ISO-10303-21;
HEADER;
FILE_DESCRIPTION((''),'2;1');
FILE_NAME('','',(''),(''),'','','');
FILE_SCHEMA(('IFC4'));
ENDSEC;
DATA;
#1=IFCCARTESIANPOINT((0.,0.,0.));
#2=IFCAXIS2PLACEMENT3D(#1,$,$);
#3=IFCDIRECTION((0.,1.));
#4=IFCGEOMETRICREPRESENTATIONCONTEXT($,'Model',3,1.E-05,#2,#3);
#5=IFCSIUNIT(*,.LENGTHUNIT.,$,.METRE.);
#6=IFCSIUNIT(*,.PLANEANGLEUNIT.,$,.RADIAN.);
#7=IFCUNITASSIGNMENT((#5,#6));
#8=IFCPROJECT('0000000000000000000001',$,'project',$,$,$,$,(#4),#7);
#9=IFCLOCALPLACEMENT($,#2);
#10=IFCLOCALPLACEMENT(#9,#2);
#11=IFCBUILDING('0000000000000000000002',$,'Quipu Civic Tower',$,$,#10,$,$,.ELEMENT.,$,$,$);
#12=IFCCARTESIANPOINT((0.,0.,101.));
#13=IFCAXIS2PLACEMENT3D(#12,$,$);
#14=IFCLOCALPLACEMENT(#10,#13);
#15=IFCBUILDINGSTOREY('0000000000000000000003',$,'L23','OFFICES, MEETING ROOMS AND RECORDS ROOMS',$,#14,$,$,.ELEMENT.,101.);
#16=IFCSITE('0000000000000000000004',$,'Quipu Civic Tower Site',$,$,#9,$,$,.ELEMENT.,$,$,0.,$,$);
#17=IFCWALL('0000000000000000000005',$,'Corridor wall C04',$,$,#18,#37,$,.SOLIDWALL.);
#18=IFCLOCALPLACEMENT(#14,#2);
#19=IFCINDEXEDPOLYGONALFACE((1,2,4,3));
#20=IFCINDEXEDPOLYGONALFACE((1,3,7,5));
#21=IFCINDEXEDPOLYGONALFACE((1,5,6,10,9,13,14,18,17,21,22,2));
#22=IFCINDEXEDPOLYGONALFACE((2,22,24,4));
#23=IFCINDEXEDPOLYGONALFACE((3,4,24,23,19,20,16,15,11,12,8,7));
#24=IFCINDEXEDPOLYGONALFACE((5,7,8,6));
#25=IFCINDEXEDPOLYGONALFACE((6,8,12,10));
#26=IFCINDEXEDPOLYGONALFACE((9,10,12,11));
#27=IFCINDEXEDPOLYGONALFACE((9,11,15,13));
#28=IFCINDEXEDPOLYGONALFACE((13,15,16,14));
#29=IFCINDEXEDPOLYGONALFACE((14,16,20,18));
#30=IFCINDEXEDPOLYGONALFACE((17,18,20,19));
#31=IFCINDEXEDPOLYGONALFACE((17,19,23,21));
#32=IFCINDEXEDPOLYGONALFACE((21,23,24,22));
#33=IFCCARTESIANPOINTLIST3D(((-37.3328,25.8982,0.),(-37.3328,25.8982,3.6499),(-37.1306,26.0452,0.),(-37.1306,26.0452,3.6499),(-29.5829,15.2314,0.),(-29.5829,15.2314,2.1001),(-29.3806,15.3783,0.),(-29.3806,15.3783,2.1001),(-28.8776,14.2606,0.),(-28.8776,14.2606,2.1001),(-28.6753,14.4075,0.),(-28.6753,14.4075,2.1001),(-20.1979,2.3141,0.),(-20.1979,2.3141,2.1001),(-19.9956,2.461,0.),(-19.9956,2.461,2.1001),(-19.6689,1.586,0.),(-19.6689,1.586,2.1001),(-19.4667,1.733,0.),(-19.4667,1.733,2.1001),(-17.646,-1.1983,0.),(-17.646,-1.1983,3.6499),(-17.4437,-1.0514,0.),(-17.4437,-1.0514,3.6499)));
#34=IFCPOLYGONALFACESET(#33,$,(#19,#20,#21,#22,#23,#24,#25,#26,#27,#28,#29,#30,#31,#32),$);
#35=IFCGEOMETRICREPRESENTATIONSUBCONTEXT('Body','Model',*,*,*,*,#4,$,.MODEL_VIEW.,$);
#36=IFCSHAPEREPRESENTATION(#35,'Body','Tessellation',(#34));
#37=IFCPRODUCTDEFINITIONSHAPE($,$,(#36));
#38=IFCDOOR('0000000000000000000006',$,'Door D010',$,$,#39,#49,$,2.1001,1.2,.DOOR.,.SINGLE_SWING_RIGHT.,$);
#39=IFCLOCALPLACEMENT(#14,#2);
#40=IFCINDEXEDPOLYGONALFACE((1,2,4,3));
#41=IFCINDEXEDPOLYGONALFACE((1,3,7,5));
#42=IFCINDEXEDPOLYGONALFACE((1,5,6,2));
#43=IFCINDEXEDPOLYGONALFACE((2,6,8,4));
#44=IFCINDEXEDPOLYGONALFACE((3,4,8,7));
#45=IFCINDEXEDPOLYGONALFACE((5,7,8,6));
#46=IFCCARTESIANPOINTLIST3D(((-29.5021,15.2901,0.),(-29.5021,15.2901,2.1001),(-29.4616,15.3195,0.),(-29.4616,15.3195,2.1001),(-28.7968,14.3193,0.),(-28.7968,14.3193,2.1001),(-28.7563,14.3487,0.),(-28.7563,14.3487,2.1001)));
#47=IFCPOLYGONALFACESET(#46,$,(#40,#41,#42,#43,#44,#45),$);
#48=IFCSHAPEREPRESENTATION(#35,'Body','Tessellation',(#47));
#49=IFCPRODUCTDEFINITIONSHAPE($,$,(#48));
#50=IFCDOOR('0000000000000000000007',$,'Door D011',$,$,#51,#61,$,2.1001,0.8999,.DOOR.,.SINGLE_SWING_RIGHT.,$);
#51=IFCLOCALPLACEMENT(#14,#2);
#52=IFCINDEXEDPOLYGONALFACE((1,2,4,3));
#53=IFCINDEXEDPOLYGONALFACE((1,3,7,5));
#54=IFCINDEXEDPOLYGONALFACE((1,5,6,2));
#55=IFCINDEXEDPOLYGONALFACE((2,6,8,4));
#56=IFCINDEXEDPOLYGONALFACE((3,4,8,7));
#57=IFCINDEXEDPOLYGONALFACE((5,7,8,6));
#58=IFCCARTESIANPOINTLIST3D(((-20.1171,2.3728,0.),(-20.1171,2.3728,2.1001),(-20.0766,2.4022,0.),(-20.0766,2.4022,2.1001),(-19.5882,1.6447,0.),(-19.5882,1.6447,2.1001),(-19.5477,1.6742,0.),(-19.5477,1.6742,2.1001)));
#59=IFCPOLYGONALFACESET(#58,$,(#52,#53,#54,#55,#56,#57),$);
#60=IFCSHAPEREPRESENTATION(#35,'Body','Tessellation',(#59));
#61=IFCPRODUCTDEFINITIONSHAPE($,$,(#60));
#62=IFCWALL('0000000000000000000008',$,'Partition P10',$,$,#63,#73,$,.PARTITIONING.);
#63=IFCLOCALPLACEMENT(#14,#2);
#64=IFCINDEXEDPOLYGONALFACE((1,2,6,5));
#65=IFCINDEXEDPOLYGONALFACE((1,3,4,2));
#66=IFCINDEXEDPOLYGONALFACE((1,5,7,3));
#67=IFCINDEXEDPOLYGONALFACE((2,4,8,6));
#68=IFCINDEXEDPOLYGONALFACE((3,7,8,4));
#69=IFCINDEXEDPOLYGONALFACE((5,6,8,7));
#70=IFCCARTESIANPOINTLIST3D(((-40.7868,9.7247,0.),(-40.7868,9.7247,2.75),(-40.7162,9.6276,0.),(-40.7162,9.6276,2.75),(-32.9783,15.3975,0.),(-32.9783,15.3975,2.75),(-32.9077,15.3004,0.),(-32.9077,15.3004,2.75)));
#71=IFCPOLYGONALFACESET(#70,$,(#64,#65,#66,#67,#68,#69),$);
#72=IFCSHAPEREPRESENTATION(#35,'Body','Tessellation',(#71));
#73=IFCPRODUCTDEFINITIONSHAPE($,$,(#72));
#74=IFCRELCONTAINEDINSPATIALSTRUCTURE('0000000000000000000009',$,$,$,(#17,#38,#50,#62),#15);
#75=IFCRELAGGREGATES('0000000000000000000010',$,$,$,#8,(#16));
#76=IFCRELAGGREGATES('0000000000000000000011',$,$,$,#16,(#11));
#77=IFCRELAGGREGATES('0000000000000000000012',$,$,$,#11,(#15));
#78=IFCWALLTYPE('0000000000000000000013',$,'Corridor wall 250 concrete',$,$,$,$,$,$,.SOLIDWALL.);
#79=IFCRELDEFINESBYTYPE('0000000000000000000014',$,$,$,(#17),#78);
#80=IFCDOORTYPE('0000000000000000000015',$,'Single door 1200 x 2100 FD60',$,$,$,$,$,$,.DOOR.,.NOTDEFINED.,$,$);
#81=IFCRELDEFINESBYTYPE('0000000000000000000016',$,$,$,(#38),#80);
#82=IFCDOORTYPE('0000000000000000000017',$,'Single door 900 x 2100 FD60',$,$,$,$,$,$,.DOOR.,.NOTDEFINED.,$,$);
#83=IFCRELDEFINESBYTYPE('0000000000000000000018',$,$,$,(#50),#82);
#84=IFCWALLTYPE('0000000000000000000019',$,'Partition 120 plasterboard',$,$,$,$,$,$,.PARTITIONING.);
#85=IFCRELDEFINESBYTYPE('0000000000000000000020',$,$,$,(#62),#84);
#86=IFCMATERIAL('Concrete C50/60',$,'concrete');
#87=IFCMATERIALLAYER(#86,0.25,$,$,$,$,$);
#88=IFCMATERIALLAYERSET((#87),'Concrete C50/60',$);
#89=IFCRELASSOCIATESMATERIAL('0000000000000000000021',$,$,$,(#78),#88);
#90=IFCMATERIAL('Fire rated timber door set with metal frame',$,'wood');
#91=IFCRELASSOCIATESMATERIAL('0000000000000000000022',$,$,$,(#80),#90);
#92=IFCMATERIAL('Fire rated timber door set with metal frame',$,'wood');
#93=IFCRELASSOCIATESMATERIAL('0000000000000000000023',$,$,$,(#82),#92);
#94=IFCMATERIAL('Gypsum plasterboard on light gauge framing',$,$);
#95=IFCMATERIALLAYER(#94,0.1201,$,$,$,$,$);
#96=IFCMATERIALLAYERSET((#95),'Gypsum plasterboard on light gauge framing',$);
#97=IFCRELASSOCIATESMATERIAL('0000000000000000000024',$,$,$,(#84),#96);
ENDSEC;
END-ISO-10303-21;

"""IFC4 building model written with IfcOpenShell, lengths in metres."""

from ifc_helpers import new_model, si_unit, direction, frame, frame_2d, origin, place, context, subcontext, project, spatial, rectangle, extrude, material, layer, layer_set, type_object, element, fill, save


model = new_model("IFC4")

# Units and contexts
model_context = context("Model", 3, precision=1e-05, world=origin(), true_north=direction((0.0, 1.0)))
body_context = subcontext(model_context, "Body", "Model", "MODEL_VIEW")
ifc_project = project(units=[si_unit("LENGTHUNIT", "METRE"), si_unit("PLANEANGLEUNIT", "RADIAN")], contexts=[model_context])

# Site, building, storey
site_placement = place(None, origin())
site = spatial("IfcSite", under=ifc_project, at=site_placement, Name="Quipu Civic Tower Site", CompositionType="ELEMENT", RefElevation=0.0)
building_placement = place(site_placement, origin())
building = spatial("IfcBuilding", under=site, at=building_placement, Name="Quipu Civic Tower", CompositionType="ELEMENT")
storey_placement = place(building_placement, frame((0.0, 0.0, 101.0)))
storey = spatial("IfcBuildingStorey", under=building, at=storey_placement, Name="L23", Description="OFFICES, MEETING ROOMS AND RECORDS ROOMS", CompositionType="ELEMENT", Elevation=101.0)

# Wall, openings, doors
ifc_material_1 = material(Name="Concrete C50/60", Category="concrete")
ifc_layer_1 = layer(ifc_material_1, 0.25)
ifc_layer_set_1 = layer_set([ifc_layer_1], Name="Concrete C50/60")
wall_type_1 = type_object("IfcWallType", Name="Corridor wall 250 concrete", PredefinedType="SOLIDWALL", material=ifc_layer_set_1)
wall_1_placement = place(storey_placement, frame((-37.2317, 25.9717, 0.0), z_axis=(0.0, 0.0, 1.0), x_axis=(0.587786, -0.809016, 0.0)))
wall_1 = element("IfcWall", 1, at=wall_1_placement, inside=storey, type_object=wall_type_1, Name="Corridor wall C04", PredefinedType="SOLIDWALL", context=body_context, shape_type="SweptSolid", body=[
    extrude(rectangle(XDim=33.4932, YDim=0.25, at=frame_2d((16.7466, 0.0))), origin(), (0.0, 0.0, 1.0), 3.6499),
])
opening_1_placement = place(wall_1_placement, frame((13.1848, 0.0, 0.0)))
opening_1 = element("IfcOpeningElement", 2, at=opening_1_placement, cuts=wall_1, PredefinedType="OPENING", context=body_context, shape_type="SweptSolid", body=[
    extrude(rectangle(XDim=1.2, YDim=2.1001, at=frame_2d((0.6001, 1.05))), frame((0.0, 0.135, 0.0), z_axis=(0.0, -1.0, 0.0), x_axis=(1.0, 0.0, 0.0)), (0.0, 0.0, 1.0), 0.27),
])
opening_2_placement = place(wall_1_placement, frame((29.1516, 0.0, 0.0)))
opening_2 = element("IfcOpeningElement", 3, at=opening_2_placement, cuts=wall_1, PredefinedType="OPENING", context=body_context, shape_type="SweptSolid", body=[
    extrude(rectangle(XDim=0.8999, YDim=2.1001, at=frame_2d((0.45, 1.05))), frame((0.0, 0.135, 0.0), z_axis=(0.0, -1.0, 0.0), x_axis=(1.0, 0.0, 0.0)), (0.0, 0.0, 1.0), 0.27),
])
ifc_material_2 = material(Name="Fire rated timber door set with metal frame", Category="wood")
door_type_1 = type_object("IfcDoorType", Name="Single door 1200 x 2100 FD60", OperationType="NOTDEFINED", PredefinedType="DOOR", material=ifc_material_2)
door_1_placement = place(opening_1_placement, origin())
door_1 = element("IfcDoor", 4, at=door_1_placement, inside=storey, type_object=door_type_1, Name="Door D010", OperationType="SINGLE_SWING_RIGHT", OverallHeight=2.1001, OverallWidth=1.2, PredefinedType="DOOR", context=body_context, shape_type="SweptSolid", body=[
    extrude(rectangle(XDim=1.2, YDim=2.1001, at=frame_2d((0.6001, 1.05))), frame((0.0, 0.0249, 0.0), z_axis=(0.0, -1.0, 0.0), x_axis=(1.0, 0.0, 0.0)), (0.0, 0.0, 1.0), 0.05),
])
fill(opening_1, door_1)
ifc_material_3 = material(Name="Fire rated timber door set with metal frame", Category="wood")
door_type_2 = type_object("IfcDoorType", Name="Single door 900 x 2100 FD60", OperationType="NOTDEFINED", PredefinedType="DOOR", material=ifc_material_3)
door_2_placement = place(opening_2_placement, origin())
door_2 = element("IfcDoor", 5, at=door_2_placement, inside=storey, type_object=door_type_2, Name="Door D011", OperationType="SINGLE_SWING_RIGHT", OverallHeight=2.1001, OverallWidth=0.8999, PredefinedType="DOOR", context=body_context, shape_type="SweptSolid", body=[
    extrude(rectangle(XDim=0.8999, YDim=2.1001, at=frame_2d((0.45, 1.05))), frame((0.0, 0.0249, 0.0), z_axis=(0.0, -1.0, 0.0), x_axis=(1.0, 0.0, 0.0)), (0.0, 0.0, 1.0), 0.05),
])
fill(opening_2, door_2)

# Wall
ifc_material_4 = material(Name="Gypsum plasterboard on light gauge framing")
ifc_layer_2 = layer(ifc_material_4, 0.1201)
ifc_layer_set_2 = layer_set([ifc_layer_2], Name="Gypsum plasterboard on light gauge framing")
wall_type_2 = type_object("IfcWallType", Name="Partition 120 plasterboard", PredefinedType="PARTITIONING", material=ifc_layer_set_2)
wall_2_placement = place(storey_placement, frame((-32.9431, 15.3489, 0.0), z_axis=(0.0, 0.0, 1.0), x_axis=(-0.809038, -0.587757, 0.0)))
element("IfcWall", 6, at=wall_2_placement, inside=storey, type_object=wall_type_2, Name="Partition P10", PredefinedType="PARTITIONING", context=body_context, shape_type="SweptSolid", body=[
    extrude(rectangle(XDim=9.6516, YDim=0.1201, at=frame_2d((4.8257, 0.0))), origin(), (0.0, 0.0, 1.0), 2.75),
])

save(model, "model.ifc")
